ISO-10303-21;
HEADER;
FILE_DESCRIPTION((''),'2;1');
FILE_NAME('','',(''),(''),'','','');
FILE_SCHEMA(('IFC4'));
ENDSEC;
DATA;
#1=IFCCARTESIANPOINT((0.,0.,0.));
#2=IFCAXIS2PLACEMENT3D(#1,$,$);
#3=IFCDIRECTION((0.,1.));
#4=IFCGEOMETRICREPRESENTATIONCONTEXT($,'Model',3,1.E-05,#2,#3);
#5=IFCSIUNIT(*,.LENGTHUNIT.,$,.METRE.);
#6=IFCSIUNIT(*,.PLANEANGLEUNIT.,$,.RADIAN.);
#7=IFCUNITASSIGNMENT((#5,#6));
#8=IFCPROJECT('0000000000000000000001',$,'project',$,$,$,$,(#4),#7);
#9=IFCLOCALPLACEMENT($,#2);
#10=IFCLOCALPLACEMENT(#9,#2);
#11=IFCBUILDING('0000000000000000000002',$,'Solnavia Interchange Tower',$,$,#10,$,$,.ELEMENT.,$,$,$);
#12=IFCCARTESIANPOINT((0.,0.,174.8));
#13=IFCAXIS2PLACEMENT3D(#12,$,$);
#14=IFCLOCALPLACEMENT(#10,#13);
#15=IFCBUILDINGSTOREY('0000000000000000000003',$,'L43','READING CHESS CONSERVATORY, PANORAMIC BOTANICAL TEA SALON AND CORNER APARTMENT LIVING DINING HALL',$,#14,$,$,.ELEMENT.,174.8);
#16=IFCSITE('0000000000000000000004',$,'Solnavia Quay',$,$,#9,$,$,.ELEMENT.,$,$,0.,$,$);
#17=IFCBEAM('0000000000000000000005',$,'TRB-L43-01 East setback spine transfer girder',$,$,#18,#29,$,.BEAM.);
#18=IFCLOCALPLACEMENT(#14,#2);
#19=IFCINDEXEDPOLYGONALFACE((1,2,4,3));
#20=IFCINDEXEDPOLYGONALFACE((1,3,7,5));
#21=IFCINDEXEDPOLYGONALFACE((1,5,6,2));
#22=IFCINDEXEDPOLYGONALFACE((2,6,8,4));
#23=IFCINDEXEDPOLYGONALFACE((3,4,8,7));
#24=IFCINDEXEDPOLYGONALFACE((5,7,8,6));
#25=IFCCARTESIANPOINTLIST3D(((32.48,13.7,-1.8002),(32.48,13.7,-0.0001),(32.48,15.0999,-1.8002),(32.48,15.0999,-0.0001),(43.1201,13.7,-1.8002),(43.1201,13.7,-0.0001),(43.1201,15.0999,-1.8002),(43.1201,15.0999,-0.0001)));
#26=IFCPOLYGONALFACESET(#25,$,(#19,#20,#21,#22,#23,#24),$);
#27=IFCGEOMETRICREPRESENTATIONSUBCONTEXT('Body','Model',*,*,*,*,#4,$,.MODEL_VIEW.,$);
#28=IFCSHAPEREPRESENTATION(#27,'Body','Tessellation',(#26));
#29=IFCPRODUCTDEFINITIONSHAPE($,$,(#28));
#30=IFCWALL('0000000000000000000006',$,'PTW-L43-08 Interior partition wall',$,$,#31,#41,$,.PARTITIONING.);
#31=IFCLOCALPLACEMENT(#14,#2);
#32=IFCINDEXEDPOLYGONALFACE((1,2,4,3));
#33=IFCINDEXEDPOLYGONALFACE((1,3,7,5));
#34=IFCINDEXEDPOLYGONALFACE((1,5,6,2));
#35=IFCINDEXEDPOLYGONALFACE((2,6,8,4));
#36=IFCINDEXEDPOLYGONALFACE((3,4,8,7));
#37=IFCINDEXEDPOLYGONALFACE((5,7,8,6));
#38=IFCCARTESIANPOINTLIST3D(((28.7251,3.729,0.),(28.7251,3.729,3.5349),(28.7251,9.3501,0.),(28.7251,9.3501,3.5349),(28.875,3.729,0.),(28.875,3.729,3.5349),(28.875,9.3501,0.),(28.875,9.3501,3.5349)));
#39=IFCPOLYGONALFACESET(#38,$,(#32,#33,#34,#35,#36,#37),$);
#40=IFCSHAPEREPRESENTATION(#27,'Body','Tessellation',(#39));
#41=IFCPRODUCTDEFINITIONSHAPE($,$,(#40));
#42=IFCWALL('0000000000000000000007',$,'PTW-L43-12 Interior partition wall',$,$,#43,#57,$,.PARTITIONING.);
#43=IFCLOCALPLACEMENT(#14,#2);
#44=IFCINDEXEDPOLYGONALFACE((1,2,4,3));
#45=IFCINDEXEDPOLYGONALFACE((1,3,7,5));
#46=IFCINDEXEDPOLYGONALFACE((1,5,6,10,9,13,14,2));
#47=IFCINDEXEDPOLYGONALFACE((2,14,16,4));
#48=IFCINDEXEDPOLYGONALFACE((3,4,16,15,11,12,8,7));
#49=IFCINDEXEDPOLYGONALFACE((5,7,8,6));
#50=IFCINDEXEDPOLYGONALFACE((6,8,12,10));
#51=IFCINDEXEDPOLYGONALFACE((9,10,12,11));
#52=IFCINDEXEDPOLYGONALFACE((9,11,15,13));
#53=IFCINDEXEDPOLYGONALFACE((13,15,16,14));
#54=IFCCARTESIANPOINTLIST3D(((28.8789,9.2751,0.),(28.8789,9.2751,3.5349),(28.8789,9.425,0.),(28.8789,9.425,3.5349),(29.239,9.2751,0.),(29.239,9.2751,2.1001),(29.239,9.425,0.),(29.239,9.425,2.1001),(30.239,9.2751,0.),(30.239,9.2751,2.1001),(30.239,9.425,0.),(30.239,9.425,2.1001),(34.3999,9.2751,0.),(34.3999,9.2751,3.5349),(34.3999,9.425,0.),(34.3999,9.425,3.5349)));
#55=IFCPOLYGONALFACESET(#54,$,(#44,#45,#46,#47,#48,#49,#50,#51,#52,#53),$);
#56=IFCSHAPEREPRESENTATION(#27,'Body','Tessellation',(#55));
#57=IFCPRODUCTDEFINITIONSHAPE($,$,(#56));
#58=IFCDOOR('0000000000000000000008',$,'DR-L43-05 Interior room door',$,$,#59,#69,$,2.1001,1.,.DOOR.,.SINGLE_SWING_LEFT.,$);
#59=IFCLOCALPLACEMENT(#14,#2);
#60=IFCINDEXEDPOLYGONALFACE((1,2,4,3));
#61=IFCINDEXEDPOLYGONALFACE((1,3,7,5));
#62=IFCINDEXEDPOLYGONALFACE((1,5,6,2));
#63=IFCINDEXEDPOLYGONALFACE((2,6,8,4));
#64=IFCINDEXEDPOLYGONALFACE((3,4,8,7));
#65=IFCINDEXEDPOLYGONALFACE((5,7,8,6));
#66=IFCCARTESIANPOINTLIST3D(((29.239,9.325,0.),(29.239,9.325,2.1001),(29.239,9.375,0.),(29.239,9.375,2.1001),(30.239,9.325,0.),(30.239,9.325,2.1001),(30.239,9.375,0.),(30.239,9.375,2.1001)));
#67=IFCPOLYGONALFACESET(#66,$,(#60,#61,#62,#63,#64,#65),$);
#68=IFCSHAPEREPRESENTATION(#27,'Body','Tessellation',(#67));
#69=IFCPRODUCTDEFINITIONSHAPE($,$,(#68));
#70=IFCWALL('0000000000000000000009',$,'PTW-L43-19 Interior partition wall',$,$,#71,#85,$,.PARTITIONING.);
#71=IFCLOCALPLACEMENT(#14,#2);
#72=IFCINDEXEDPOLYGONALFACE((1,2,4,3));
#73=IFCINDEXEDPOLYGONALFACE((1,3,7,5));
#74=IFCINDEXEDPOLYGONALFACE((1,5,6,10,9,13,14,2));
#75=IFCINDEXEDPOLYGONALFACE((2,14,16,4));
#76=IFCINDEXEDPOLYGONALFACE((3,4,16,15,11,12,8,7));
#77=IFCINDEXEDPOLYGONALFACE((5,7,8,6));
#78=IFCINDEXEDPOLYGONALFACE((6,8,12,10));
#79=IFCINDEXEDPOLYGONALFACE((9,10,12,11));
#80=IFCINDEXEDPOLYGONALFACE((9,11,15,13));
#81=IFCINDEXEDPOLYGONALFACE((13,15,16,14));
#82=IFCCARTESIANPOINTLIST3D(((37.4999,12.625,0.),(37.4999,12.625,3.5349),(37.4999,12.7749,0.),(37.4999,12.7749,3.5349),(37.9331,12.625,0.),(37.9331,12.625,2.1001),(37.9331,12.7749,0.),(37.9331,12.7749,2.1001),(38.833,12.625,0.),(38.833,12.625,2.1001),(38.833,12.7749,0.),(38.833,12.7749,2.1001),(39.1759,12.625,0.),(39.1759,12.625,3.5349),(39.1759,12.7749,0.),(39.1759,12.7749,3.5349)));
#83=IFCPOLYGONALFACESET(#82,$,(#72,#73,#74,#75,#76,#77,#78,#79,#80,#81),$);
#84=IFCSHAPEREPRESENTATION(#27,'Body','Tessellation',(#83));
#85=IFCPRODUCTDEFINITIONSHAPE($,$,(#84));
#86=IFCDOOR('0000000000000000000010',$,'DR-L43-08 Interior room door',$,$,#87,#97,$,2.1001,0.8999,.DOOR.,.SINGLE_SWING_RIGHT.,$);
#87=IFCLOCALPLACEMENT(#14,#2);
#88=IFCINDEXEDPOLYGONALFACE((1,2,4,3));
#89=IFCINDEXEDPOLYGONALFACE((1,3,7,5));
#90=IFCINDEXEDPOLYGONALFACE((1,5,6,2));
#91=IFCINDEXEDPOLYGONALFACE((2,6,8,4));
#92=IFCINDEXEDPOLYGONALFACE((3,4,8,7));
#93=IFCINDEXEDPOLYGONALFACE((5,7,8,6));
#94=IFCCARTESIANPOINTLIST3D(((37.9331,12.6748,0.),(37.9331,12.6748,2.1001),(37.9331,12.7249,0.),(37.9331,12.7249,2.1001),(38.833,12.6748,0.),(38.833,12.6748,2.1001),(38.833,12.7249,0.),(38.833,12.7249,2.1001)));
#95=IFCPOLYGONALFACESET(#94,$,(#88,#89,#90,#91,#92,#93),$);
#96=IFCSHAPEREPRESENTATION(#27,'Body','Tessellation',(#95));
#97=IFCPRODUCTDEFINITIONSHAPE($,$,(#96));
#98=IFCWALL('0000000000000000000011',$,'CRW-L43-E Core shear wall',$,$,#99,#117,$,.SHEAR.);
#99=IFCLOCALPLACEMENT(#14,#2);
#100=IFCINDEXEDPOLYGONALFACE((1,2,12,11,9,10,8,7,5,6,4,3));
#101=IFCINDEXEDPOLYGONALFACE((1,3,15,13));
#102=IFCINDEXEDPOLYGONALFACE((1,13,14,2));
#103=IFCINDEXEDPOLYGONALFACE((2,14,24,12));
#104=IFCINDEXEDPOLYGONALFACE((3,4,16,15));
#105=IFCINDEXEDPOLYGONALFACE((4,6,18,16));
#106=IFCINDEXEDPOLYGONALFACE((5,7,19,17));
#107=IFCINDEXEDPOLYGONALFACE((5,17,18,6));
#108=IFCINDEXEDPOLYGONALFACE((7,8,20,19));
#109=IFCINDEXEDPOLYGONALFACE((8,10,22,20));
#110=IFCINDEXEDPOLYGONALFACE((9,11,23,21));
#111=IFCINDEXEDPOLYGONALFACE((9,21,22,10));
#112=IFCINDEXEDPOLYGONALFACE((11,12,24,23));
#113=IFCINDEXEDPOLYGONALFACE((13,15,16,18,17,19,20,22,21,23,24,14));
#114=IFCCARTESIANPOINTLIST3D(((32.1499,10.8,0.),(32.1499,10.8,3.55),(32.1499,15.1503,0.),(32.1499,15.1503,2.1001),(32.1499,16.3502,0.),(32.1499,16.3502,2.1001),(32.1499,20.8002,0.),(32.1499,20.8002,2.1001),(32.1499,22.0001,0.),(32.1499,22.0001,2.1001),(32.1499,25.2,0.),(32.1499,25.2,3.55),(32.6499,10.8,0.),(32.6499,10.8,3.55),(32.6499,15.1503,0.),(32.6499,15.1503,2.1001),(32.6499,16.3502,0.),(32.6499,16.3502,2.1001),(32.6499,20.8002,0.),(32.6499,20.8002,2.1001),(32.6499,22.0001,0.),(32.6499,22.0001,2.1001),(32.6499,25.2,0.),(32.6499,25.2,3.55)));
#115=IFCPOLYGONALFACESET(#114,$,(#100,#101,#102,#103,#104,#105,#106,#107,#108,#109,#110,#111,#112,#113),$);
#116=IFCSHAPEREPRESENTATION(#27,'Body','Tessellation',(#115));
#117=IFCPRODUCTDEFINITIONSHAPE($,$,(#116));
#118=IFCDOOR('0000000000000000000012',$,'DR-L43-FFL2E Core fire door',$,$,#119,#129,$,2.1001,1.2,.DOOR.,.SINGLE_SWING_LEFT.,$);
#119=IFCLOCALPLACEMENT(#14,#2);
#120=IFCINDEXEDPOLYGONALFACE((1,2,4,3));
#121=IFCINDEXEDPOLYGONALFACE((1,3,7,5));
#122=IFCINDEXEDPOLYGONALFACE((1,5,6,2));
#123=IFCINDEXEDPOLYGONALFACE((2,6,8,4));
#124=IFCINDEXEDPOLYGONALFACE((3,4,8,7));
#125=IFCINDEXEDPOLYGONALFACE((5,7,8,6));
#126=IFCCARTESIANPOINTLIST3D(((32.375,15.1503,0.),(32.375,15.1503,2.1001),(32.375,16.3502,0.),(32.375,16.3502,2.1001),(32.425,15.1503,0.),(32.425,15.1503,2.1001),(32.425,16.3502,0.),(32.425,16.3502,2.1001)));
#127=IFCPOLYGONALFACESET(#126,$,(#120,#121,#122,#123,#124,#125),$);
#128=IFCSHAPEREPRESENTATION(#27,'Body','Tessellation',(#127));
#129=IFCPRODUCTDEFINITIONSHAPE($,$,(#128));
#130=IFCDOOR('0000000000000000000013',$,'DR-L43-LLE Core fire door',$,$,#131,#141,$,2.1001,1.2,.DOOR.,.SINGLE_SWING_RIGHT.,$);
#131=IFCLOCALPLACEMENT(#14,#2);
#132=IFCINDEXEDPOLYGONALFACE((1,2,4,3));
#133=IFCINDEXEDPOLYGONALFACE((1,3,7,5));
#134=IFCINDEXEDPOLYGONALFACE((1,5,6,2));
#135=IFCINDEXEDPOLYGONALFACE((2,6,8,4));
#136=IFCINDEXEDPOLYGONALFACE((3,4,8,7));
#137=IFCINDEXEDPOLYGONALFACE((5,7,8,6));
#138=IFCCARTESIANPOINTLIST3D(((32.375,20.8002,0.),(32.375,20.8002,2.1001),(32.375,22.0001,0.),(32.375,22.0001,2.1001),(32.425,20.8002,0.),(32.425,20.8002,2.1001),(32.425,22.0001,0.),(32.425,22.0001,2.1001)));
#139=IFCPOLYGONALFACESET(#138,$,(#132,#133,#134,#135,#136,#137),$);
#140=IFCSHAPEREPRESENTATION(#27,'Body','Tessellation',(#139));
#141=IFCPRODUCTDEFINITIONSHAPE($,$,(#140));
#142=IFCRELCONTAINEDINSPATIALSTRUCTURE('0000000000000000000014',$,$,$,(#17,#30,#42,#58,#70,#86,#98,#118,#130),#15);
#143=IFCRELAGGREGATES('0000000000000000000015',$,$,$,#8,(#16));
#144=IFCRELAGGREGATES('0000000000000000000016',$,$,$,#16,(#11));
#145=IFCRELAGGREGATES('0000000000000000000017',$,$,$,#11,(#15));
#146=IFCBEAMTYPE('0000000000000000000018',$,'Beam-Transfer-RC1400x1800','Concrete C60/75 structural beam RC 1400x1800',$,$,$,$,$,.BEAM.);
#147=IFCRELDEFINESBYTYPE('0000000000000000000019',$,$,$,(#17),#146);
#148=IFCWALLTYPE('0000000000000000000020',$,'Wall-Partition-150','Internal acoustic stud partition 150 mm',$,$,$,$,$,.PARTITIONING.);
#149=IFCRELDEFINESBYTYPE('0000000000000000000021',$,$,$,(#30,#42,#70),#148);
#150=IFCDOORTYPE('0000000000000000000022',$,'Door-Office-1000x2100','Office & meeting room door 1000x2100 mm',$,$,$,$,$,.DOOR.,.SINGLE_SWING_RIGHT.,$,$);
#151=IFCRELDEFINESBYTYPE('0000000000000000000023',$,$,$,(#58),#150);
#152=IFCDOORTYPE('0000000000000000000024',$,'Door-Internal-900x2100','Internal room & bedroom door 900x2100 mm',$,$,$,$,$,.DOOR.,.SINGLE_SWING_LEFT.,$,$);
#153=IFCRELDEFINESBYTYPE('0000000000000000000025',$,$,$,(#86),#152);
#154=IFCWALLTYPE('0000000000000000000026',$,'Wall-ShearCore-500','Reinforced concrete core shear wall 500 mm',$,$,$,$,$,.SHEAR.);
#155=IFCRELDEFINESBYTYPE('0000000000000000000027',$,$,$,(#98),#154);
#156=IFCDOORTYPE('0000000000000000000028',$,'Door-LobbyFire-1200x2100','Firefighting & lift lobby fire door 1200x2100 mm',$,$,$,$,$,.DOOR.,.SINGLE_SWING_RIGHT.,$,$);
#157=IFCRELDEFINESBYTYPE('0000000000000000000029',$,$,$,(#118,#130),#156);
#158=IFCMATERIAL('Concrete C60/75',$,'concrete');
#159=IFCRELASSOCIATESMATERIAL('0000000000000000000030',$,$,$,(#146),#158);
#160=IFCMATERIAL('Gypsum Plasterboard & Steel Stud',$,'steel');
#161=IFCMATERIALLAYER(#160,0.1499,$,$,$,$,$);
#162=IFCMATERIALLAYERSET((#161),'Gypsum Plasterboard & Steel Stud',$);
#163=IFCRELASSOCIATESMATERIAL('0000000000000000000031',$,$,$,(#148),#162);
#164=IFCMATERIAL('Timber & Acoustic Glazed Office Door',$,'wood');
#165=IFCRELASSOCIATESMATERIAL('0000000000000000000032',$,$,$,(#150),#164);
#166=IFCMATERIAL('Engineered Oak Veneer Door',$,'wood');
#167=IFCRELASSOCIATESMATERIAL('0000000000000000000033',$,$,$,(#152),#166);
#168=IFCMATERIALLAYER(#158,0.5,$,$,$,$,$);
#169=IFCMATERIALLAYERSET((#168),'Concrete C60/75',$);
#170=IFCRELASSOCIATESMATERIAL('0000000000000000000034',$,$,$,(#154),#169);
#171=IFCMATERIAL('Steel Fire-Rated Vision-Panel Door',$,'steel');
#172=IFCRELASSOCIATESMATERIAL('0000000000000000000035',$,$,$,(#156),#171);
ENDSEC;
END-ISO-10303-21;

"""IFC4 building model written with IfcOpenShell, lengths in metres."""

from ifc_helpers import new_model, si_unit, direction, frame, frame_2d, origin, origin_2d, place, context, subcontext, project, spatial, rectangle, extrude, material, layer, layer_set, material_profile, profile_set, type_object, element, fill, save


model = new_model("IFC4")

# Units and contexts
model_context = context("Model", 3, precision=1e-05, world=origin(), true_north=direction((0.0, 1.0)))
body_context = subcontext(model_context, "Body", "Model", "MODEL_VIEW")
ifc_project = project(units=[si_unit("LENGTHUNIT", "METRE"), si_unit("PLANEANGLEUNIT", "RADIAN")], contexts=[model_context])

# Site, building, storey
site_placement = place(None, origin())
site = spatial("IfcSite", under=ifc_project, at=site_placement, Name="Solnavia Quay", CompositionType="ELEMENT", RefElevation=0.0)
building_placement = place(site_placement, origin())
building = spatial("IfcBuilding", under=site, at=building_placement, Name="Solnavia Interchange Tower", CompositionType="ELEMENT")
storey_placement = place(building_placement, frame((0.0, 0.0, 174.8)))
storey = spatial("IfcBuildingStorey", under=building, at=storey_placement, Name="L43", Description="READING CHESS CONSERVATORY, PANORAMIC BOTANICAL TEA SALON AND CORNER APARTMENT LIVING DINING HALL", CompositionType="ELEMENT", Elevation=174.8)

# Beam
ifc_material_1 = material(Name="Concrete C60/75", Category="concrete")
ifc_material_profile_1 = material_profile(ifc_material_1, rectangle(XDim=1.3999, YDim=1.8, at=origin_2d()), Name="RC 1400x1800")
ifc_profile_set_1 = profile_set([ifc_material_profile_1], Name="Concrete C60/75")
beam_type_1 = type_object("IfcBeamType", Name="Beam-Transfer-RC1400x1800", Description="Concrete C60/75 structural beam RC 1400x1800", PredefinedType="BEAM", material=ifc_profile_set_1)
beam_1_placement = place(storey_placement, frame((32.48, 14.3999, -0.9001), z_axis=(1.0, 0.0, 0.0), x_axis=(0.0, 1.0, 0.0)))
element("IfcBeam", 1, at=beam_1_placement, inside=storey, type_object=beam_type_1, Name="TRB-L43-01 East setback spine transfer girder", PredefinedType="BEAM", context=body_context, shape_type="SweptSolid", body=[
    extrude(rectangle(XDim=1.3999, YDim=1.8, at=origin_2d()), origin(), (0.0, 0.0, 1.0), 10.6401),
])

# Wall
ifc_material_2 = material(Name="Gypsum Plasterboard & Steel Stud", Category="steel")
ifc_layer_1 = layer(ifc_material_2, 0.1499)
ifc_layer_set_1 = layer_set([ifc_layer_1], Name="Gypsum Plasterboard & Steel Stud")
wall_type_1 = type_object("IfcWallType", Name="Wall-Partition-150", Description="Internal acoustic stud partition 150 mm", PredefinedType="PARTITIONING", material=ifc_layer_set_1)
wall_1_placement = place(storey_placement, frame((28.8, 9.3501, 0.0), z_axis=(0.0, 0.0, 1.0), x_axis=(0.0, -1.0, 0.0)))
element("IfcWall", 2, at=wall_1_placement, inside=storey, type_object=wall_type_1, Name="PTW-L43-08 Interior partition wall", PredefinedType="PARTITIONING", context=body_context, shape_type="SweptSolid", body=[
    extrude(rectangle(XDim=5.6211, YDim=0.1499, at=frame_2d((2.8105, 0.0))), origin(), (0.0, 0.0, 1.0), 3.5349),
])

# Walls, openings, doors
wall_2_placement = place(storey_placement, frame((28.8789, 9.3501, 0.0), z_axis=(0.0, 0.0, 1.0), x_axis=(1.0, 0.0, 0.0)))
wall_2 = element("IfcWall", 3, at=wall_2_placement, inside=storey, type_object=wall_type_1, Name="PTW-L43-12 Interior partition wall", PredefinedType="PARTITIONING", context=body_context, shape_type="SweptSolid", body=[
    extrude(rectangle(XDim=5.521, YDim=0.1499, at=frame_2d((2.7605, 0.0))), origin(), (0.0, 0.0, 1.0), 3.5349),
])
opening_1_placement = place(wall_2_placement, frame((0.3601, 0.0, 0.0)))
opening_1 = element("IfcOpeningElement", 4, at=opening_1_placement, cuts=wall_2, PredefinedType="OPENING", context=body_context, shape_type="SweptSolid", body=[
    extrude(rectangle(XDim=1.0, YDim=2.1001, at=frame_2d((0.5, 1.05))), frame((0.0, 0.085, 0.0), z_axis=(0.0, -1.0, 0.0), x_axis=(1.0, 0.0, 0.0)), (0.0, 0.0, 1.0), 0.1699),
])
ifc_material_3 = material(Name="Timber & Acoustic Glazed Office Door", Category="wood")
door_type_1 = type_object("IfcDoorType", Name="Door-Office-1000x2100", Description="Office & meeting room door 1000x2100 mm", OperationType="SINGLE_SWING_RIGHT", PredefinedType="DOOR", material=ifc_material_3)
door_1_placement = place(opening_1_placement, origin())
door_1 = element("IfcDoor", 5, at=door_1_placement, inside=storey, type_object=door_type_1, Name="DR-L43-05 Interior room door", OperationType="SINGLE_SWING_LEFT", OverallHeight=2.1001, OverallWidth=1.0, PredefinedType="DOOR", context=body_context, shape_type="SweptSolid", body=[
    extrude(rectangle(XDim=1.0, YDim=2.1001, at=frame_2d((0.5, 1.05))), frame((0.0, 0.0249, 0.0), z_axis=(0.0, -1.0, 0.0), x_axis=(1.0, 0.0, 0.0)), (0.0, 0.0, 1.0), 0.05),
])
fill(opening_1, door_1)
wall_3_placement = place(storey_placement, frame((37.5, 12.7, 0.0), z_axis=(0.0, 0.0, 1.0), x_axis=(1.0, 0.0, 0.0)))
wall_3 = element("IfcWall", 6, at=wall_3_placement, inside=storey, type_object=wall_type_1, Name="PTW-L43-19 Interior partition wall", PredefinedType="PARTITIONING", context=body_context, shape_type="SweptSolid", body=[
    extrude(rectangle(XDim=1.676, YDim=0.1499, at=frame_2d((0.8379, 0.0))), origin(), (0.0, 0.0, 1.0), 3.5349),
])
opening_2_placement = place(wall_3_placement, frame((0.4331, 0.0, 0.0)))
opening_2 = element("IfcOpeningElement", 7, at=opening_2_placement, cuts=wall_3, PredefinedType="OPENING", context=body_context, shape_type="SweptSolid", body=[
    extrude(rectangle(XDim=0.8999, YDim=2.1001, at=frame_2d((0.45, 1.05))), frame((0.0, 0.085, 0.0), z_axis=(0.0, -1.0, 0.0), x_axis=(1.0, 0.0, 0.0)), (0.0, 0.0, 1.0), 0.1699),
])
ifc_material_4 = material(Name="Engineered Oak Veneer Door", Category="wood")
door_type_2 = type_object("IfcDoorType", Name="Door-Internal-900x2100", Description="Internal room & bedroom door 900x2100 mm", OperationType="SINGLE_SWING_LEFT", PredefinedType="DOOR", material=ifc_material_4)
door_2_placement = place(opening_2_placement, origin())
door_2 = element("IfcDoor", 8, at=door_2_placement, inside=storey, type_object=door_type_2, Name="DR-L43-08 Interior room door", OperationType="SINGLE_SWING_RIGHT", OverallHeight=2.1001, OverallWidth=0.8999, PredefinedType="DOOR", context=body_context, shape_type="SweptSolid", body=[
    extrude(rectangle(XDim=0.8999, YDim=2.1001, at=frame_2d((0.45, 1.05))), frame((0.0, 0.0249, 0.0), z_axis=(0.0, -1.0, 0.0), x_axis=(1.0, 0.0, 0.0)), (0.0, 0.0, 1.0), 0.05),
])
fill(opening_2, door_2)

# Wall, openings, doors
ifc_layer_2 = layer(ifc_material_1, 0.5)
ifc_layer_set_2 = layer_set([ifc_layer_2], Name="Concrete C60/75")
wall_type_2 = type_object("IfcWallType", Name="Wall-ShearCore-500", Description="Reinforced concrete core shear wall 500 mm", PredefinedType="SHEAR", material=ifc_layer_set_2)
wall_4_placement = place(storey_placement, frame((32.3999, 10.8, 0.0), z_axis=(0.0, 0.0, 1.0), x_axis=(0.0, 1.0, 0.0)))
wall_4 = element("IfcWall", 9, at=wall_4_placement, inside=storey, type_object=wall_type_2, Name="CRW-L43-E Core shear wall", PredefinedType="SHEAR", context=body_context, shape_type="SweptSolid", body=[
    extrude(rectangle(XDim=14.3999, YDim=0.5, at=frame_2d((7.2, 0.0))), origin(), (0.0, 0.0, 1.0), 3.55),
])
opening_3_placement = place(wall_4_placement, frame((4.3501, 0.0, 0.0)))
opening_3 = element("IfcOpeningElement", 10, at=opening_3_placement, cuts=wall_4, PredefinedType="OPENING", context=body_context, shape_type="SweptSolid", body=[
    extrude(rectangle(XDim=1.2, YDim=2.1001, at=frame_2d((0.6001, 1.05))), frame((0.0, 0.26, 0.0), z_axis=(0.0, -1.0, 0.0), x_axis=(1.0, 0.0, 0.0)), (0.0, 0.0, 1.0), 0.52),
])
opening_4_placement = place(wall_4_placement, frame((10.0, 0.0, 0.0)))
opening_4 = element("IfcOpeningElement", 11, at=opening_4_placement, cuts=wall_4, PredefinedType="OPENING", context=body_context, shape_type="SweptSolid", body=[
    extrude(rectangle(XDim=1.2, YDim=2.1001, at=frame_2d((0.6001, 1.05))), frame((0.0, 0.26, 0.0), z_axis=(0.0, -1.0, 0.0), x_axis=(1.0, 0.0, 0.0)), (0.0, 0.0, 1.0), 0.52),
])
ifc_material_5 = material(Name="Steel Fire-Rated Vision-Panel Door", Category="steel")
door_type_3 = type_object("IfcDoorType", Name="Door-LobbyFire-1200x2100", Description="Firefighting & lift lobby fire door 1200x2100 mm", OperationType="SINGLE_SWING_RIGHT", PredefinedType="DOOR", material=ifc_material_5)
door_3_placement = place(opening_3_placement, origin())
door_3 = element("IfcDoor", 12, at=door_3_placement, inside=storey, type_object=door_type_3, Name="DR-L43-FFL2E Core fire door", OperationType="SINGLE_SWING_LEFT", OverallHeight=2.1001, OverallWidth=1.2, PredefinedType="DOOR", context=body_context, shape_type="SweptSolid", body=[
    extrude(rectangle(XDim=1.2, YDim=2.1001, at=frame_2d((0.6001, 1.05))), frame((0.0, 0.0249, 0.0), z_axis=(0.0, -1.0, 0.0), x_axis=(1.0, 0.0, 0.0)), (0.0, 0.0, 1.0), 0.05),
])
fill(opening_3, door_3)
door_4_placement = place(opening_4_placement, origin())
door_4 = element("IfcDoor", 13, at=door_4_placement, inside=storey, type_object=door_type_3, Name="DR-L43-LLE Core fire door", OperationType="SINGLE_SWING_RIGHT", OverallHeight=2.1001, OverallWidth=1.2, PredefinedType="DOOR", context=body_context, shape_type="SweptSolid", body=[
    extrude(rectangle(XDim=1.2, YDim=2.1001, at=frame_2d((0.6001, 1.05))), frame((0.0, 0.0249, 0.0), z_axis=(0.0, -1.0, 0.0), x_axis=(1.0, 0.0, 0.0)), (0.0, 0.0, 1.0), 0.05),
])
fill(opening_4, door_4)

save(model, "model.ifc")
